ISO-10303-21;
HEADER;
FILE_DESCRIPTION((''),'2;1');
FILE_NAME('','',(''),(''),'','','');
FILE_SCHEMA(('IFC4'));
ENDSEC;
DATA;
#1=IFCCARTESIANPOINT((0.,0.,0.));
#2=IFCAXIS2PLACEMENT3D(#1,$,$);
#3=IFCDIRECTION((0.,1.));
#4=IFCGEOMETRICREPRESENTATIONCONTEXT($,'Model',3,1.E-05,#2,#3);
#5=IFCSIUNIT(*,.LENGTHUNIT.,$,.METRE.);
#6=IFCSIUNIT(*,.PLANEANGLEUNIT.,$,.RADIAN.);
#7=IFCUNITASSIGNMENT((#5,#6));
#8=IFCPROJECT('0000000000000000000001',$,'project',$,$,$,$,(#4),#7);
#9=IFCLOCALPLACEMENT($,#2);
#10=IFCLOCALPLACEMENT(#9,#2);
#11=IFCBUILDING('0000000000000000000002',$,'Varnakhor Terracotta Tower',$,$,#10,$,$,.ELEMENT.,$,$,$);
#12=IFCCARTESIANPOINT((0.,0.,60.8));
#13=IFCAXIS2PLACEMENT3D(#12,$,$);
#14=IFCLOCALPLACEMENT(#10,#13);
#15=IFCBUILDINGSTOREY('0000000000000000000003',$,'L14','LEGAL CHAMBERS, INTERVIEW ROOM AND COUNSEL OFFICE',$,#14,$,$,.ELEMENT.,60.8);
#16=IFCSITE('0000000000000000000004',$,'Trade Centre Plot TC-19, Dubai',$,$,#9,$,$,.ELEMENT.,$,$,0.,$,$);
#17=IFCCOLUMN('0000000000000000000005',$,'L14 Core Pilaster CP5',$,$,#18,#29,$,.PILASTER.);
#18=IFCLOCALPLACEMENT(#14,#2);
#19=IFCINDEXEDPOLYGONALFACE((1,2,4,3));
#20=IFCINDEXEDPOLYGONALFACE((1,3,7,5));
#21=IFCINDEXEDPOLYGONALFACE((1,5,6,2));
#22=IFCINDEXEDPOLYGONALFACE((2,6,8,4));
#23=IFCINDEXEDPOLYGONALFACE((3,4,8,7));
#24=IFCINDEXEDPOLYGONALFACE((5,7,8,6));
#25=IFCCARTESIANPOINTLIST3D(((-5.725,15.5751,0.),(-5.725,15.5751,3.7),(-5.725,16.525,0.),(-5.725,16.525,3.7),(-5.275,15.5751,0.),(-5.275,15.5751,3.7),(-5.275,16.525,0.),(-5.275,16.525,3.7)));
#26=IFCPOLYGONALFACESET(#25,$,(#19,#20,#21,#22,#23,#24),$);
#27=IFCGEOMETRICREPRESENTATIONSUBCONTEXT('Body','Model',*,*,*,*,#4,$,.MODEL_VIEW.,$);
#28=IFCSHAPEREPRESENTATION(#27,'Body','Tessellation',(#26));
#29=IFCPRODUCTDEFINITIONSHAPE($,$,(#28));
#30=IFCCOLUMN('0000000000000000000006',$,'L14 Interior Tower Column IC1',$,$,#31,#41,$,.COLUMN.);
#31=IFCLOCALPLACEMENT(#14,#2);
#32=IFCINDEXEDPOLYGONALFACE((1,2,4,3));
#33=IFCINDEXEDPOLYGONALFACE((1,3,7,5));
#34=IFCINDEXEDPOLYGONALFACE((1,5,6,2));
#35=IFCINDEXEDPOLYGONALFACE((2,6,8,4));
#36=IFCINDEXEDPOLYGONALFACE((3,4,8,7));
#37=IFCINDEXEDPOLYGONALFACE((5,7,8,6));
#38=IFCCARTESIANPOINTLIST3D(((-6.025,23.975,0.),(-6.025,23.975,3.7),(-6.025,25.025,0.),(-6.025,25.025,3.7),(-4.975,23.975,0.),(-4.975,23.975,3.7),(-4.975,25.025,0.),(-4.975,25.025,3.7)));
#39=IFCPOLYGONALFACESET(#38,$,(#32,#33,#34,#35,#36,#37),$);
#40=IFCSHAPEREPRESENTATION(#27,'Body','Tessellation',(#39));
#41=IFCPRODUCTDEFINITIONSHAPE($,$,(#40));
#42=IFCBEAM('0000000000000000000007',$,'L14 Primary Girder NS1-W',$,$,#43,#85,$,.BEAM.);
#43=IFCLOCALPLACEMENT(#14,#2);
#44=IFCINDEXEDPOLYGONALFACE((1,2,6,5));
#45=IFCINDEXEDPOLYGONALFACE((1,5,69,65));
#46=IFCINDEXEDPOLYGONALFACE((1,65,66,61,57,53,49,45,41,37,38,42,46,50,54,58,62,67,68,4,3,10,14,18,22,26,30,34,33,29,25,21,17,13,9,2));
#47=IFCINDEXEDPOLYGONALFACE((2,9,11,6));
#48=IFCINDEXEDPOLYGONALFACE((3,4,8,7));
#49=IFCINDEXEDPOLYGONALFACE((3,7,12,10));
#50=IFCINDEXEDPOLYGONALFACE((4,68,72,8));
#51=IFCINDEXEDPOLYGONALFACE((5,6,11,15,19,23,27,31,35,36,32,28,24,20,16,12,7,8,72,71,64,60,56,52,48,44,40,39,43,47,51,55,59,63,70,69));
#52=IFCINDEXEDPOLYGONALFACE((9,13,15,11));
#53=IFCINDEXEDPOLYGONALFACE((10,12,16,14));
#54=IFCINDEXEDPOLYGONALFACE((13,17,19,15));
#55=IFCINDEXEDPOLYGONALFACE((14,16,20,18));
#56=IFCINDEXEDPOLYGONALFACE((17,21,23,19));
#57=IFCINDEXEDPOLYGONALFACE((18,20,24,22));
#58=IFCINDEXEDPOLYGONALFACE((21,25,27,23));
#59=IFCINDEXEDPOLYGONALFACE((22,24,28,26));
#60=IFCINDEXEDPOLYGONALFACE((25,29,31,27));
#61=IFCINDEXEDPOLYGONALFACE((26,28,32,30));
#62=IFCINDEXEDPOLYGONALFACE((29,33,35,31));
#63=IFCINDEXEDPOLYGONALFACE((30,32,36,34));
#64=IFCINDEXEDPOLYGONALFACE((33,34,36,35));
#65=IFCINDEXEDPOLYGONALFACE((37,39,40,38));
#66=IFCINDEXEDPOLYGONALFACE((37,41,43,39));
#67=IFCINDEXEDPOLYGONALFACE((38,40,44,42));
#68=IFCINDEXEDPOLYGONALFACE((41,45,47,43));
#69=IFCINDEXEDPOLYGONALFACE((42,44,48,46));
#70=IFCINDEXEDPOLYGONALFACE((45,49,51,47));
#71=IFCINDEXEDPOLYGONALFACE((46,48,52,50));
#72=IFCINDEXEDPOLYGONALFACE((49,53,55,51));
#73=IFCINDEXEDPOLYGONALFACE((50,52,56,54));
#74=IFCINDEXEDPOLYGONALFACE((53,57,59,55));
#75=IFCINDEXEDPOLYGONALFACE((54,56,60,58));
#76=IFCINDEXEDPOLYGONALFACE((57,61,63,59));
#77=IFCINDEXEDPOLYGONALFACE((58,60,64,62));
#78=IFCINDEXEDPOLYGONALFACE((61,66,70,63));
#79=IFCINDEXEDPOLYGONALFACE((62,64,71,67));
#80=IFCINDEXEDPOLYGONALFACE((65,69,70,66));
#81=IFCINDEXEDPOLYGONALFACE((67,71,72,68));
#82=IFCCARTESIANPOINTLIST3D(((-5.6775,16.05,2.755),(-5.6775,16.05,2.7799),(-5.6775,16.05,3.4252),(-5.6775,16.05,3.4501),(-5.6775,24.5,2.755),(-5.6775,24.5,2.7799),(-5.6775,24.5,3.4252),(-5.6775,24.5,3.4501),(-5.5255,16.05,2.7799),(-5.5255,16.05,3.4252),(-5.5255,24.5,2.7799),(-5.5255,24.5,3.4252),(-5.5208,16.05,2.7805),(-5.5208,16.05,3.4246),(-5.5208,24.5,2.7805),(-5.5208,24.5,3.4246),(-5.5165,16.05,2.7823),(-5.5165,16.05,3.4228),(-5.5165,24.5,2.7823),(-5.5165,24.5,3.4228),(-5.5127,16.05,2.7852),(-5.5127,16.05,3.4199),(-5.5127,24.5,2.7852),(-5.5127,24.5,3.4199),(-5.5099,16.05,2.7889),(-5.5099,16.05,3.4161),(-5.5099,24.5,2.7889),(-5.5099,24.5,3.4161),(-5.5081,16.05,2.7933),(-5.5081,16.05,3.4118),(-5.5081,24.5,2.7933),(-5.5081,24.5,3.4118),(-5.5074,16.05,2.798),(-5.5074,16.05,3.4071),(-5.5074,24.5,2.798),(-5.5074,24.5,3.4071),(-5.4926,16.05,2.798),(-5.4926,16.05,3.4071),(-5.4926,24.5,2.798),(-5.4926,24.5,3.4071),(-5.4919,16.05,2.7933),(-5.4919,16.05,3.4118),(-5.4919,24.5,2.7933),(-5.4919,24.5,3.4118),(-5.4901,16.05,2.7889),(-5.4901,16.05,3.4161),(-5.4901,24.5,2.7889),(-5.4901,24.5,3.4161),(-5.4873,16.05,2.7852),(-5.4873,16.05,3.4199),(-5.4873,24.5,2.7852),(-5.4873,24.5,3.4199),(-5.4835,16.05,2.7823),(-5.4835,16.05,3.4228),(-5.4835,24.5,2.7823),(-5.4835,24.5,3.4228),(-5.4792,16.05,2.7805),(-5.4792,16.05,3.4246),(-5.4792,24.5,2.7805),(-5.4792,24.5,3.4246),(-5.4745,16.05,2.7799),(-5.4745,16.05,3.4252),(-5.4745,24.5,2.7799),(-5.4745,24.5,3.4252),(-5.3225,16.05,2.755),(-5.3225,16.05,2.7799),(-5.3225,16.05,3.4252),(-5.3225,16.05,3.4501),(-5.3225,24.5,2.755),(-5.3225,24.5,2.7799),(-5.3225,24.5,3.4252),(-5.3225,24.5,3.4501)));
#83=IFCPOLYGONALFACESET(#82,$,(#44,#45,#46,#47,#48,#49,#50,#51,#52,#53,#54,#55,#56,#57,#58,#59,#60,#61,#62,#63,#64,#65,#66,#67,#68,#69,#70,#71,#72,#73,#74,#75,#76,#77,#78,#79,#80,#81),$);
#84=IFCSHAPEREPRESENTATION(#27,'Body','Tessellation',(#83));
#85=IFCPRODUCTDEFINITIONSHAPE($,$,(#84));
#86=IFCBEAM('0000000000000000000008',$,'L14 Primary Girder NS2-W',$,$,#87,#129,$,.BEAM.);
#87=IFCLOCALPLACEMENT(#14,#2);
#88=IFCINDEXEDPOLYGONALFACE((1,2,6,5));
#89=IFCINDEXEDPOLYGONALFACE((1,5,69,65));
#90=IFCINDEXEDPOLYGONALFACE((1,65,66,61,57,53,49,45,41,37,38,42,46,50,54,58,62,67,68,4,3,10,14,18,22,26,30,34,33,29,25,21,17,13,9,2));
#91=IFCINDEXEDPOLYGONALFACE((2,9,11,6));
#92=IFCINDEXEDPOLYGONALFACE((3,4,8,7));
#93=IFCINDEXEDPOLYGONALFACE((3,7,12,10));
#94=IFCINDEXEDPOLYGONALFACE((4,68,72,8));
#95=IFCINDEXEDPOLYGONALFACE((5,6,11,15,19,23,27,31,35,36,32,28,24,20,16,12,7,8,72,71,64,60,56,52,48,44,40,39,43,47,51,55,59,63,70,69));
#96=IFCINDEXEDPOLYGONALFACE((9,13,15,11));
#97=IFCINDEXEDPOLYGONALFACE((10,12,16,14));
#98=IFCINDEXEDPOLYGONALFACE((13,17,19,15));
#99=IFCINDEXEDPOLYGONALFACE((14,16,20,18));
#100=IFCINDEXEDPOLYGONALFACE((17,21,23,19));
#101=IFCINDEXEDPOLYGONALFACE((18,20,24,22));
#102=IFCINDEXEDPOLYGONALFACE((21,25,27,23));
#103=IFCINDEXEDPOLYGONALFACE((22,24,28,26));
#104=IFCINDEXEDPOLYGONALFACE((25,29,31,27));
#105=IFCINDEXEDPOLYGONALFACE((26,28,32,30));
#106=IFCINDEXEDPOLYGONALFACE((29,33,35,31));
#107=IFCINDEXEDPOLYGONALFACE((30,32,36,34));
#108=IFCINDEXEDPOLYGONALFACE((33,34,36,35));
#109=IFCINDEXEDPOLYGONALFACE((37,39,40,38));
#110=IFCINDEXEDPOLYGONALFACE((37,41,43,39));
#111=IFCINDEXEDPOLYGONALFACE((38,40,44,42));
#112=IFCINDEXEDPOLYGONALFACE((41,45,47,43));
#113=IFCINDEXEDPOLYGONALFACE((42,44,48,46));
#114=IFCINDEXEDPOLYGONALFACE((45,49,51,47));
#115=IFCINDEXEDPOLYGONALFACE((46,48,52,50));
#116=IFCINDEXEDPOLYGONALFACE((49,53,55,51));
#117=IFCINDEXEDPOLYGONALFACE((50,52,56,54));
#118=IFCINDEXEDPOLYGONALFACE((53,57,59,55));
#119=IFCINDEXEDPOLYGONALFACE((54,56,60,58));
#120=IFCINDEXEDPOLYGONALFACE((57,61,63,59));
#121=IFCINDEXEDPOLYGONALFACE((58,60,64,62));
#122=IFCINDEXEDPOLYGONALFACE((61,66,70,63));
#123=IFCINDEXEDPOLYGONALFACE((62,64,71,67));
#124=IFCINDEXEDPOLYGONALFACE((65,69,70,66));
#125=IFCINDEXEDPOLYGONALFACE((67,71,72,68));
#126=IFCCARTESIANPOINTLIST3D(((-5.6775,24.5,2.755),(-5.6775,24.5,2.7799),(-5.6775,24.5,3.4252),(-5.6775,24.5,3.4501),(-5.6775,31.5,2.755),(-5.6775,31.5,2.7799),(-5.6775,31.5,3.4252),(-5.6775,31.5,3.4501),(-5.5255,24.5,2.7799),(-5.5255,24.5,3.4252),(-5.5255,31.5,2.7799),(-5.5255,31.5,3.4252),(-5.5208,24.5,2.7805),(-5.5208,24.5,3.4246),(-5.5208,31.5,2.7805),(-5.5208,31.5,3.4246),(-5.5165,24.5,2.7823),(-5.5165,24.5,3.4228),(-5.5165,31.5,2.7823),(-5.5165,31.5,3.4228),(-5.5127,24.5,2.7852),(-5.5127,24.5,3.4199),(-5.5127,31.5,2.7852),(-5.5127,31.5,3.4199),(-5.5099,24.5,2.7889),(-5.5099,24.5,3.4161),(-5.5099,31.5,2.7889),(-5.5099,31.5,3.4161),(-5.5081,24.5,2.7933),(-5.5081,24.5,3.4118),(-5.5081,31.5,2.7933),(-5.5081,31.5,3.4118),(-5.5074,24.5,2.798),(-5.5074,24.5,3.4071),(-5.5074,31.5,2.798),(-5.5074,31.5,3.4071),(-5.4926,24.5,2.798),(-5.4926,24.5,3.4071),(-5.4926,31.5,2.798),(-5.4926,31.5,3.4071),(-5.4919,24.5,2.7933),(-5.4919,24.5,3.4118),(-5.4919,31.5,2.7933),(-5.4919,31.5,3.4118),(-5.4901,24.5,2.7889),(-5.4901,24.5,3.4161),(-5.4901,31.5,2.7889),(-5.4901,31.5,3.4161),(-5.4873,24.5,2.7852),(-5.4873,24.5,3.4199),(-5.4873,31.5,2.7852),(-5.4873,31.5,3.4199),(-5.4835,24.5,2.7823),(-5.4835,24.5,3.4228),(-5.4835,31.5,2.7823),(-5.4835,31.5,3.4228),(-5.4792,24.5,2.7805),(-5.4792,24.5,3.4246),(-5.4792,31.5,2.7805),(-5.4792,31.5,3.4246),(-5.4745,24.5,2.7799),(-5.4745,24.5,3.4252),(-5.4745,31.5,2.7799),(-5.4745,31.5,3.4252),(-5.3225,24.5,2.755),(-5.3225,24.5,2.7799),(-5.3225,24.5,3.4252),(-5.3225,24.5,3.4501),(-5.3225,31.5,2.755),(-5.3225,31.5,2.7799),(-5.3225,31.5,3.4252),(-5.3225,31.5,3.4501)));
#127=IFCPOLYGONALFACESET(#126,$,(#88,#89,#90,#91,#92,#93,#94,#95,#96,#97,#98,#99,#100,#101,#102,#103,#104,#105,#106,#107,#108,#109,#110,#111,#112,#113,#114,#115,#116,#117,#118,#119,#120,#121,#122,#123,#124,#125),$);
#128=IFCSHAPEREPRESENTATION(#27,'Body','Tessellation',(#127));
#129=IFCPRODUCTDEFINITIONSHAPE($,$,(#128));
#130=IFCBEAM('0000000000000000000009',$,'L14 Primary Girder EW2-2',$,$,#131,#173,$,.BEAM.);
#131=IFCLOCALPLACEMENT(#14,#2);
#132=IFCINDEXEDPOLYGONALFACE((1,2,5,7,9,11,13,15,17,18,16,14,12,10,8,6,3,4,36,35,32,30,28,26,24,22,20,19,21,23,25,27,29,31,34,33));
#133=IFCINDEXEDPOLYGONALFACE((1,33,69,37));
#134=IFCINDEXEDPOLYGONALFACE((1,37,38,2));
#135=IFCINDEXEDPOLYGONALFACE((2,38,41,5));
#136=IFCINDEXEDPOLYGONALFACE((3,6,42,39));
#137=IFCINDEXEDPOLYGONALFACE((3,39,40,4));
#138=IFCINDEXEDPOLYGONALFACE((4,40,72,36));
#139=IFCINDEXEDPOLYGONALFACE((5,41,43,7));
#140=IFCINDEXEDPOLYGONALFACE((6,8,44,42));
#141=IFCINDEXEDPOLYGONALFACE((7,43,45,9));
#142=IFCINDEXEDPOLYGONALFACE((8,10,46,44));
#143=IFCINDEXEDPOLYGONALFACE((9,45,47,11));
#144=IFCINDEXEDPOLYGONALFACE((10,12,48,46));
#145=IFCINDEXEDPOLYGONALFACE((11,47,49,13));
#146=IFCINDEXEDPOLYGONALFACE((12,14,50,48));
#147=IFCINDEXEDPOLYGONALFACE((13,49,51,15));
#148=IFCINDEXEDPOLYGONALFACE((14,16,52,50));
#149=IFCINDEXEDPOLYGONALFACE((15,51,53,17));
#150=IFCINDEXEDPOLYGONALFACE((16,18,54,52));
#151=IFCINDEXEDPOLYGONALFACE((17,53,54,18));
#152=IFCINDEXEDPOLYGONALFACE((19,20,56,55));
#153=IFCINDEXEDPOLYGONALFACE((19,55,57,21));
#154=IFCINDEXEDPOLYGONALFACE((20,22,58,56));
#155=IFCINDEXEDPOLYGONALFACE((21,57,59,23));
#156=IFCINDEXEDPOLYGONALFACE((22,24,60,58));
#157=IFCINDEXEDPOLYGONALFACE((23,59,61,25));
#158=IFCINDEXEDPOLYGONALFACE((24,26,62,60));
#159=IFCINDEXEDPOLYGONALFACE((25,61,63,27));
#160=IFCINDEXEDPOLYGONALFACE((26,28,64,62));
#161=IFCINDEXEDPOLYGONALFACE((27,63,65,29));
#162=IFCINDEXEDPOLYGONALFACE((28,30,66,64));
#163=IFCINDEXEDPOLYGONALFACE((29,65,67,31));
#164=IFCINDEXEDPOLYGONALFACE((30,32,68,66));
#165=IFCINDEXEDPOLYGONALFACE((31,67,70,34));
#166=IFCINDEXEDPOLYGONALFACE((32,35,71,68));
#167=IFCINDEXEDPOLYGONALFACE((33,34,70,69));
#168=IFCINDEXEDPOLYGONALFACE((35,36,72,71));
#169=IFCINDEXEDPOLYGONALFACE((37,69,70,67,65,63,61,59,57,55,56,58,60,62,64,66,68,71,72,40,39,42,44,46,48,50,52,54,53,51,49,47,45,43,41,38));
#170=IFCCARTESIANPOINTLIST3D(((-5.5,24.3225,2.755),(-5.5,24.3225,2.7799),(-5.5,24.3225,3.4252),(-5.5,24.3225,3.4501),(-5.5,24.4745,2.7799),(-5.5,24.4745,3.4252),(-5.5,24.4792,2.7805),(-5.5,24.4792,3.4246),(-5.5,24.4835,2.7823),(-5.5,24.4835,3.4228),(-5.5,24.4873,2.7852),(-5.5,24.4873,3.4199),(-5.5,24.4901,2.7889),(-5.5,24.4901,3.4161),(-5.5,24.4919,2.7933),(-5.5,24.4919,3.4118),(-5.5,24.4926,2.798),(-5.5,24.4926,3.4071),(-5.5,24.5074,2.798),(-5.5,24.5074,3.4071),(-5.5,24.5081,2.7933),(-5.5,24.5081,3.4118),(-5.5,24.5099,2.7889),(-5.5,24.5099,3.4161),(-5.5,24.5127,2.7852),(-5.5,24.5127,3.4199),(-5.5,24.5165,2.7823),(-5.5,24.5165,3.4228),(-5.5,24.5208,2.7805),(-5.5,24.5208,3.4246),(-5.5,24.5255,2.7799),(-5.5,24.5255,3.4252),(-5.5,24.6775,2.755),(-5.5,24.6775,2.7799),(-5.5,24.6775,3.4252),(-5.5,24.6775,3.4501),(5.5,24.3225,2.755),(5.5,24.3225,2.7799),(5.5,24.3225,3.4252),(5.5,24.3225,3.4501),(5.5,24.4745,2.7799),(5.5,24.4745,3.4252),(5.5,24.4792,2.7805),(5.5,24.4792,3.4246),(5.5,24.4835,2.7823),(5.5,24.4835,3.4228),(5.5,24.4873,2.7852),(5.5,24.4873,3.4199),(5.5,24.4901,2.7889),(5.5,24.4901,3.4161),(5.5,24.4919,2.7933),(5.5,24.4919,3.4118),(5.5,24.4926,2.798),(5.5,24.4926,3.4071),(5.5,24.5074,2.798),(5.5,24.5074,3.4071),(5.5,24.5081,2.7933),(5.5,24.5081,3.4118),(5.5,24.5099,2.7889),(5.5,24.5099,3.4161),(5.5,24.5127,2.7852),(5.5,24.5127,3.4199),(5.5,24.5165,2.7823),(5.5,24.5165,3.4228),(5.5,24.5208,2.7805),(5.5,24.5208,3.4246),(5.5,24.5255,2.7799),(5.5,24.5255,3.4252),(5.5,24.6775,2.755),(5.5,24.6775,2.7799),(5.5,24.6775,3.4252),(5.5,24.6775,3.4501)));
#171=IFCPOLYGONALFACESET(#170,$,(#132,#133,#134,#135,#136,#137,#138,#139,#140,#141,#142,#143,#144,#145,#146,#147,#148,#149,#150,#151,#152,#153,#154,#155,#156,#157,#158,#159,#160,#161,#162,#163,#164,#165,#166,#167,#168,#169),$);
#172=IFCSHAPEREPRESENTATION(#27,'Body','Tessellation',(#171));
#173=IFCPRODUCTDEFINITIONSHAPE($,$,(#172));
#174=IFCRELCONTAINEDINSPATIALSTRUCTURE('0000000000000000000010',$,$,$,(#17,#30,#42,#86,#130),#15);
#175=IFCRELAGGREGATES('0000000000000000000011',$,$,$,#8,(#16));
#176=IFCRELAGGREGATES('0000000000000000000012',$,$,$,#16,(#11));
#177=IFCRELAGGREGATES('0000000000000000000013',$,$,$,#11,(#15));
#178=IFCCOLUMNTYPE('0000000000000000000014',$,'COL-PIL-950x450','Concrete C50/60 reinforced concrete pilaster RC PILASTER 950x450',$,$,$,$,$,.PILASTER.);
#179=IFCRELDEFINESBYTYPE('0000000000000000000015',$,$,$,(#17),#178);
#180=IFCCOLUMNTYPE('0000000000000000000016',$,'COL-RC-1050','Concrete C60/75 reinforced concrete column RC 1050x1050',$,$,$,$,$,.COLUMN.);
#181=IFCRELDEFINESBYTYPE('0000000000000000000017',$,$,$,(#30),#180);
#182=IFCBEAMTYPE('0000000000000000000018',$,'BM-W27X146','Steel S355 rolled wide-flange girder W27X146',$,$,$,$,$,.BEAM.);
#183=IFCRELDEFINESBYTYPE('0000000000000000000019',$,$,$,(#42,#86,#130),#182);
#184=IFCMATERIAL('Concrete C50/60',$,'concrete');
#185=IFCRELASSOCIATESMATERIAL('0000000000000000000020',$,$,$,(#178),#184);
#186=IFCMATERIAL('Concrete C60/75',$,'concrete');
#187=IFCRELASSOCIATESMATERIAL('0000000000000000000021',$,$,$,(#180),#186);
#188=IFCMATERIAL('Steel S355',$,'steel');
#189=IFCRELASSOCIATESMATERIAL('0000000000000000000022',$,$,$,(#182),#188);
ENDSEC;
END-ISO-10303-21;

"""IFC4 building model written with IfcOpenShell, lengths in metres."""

from ifc_helpers import new_model, si_unit, direction, frame, origin, origin_2d, place, context, subcontext, project, spatial, rectangle, i_section, extrude, source, transform, mapped, material, material_profile, profile_set, type_object, type_shapes, element, save


model = new_model("IFC4")

# Units and contexts
model_context = context("Model", 3, precision=1e-05, world=origin(), true_north=direction((0.0, 1.0)))
body_context = subcontext(model_context, "Body", "Model", "MODEL_VIEW")
ifc_project = project(units=[si_unit("LENGTHUNIT", "METRE"), si_unit("PLANEANGLEUNIT", "RADIAN")], contexts=[model_context])

# Site, building, storey
site_placement = place(None, origin())
site = spatial("IfcSite", under=ifc_project, at=site_placement, Name="Trade Centre Plot TC-19, Dubai", CompositionType="ELEMENT", RefElevation=0.0)
building_placement = place(site_placement, origin())
building = spatial("IfcBuilding", under=site, at=building_placement, Name="Varnakhor Terracotta Tower", CompositionType="ELEMENT")
storey_placement = place(building_placement, frame((0.0, 0.0, 60.8)))
storey = spatial("IfcBuildingStorey", under=building, at=storey_placement, Name="L14", Description="LEGAL CHAMBERS, INTERVIEW ROOM AND COUNSEL OFFICE", CompositionType="ELEMENT", Elevation=60.8)

# Columns
ifc_material_1 = material(Name="Concrete C50/60", Category="concrete")
ifc_material_profile_1 = material_profile(ifc_material_1, rectangle(XDim=0.45, YDim=0.95, at=origin_2d()), Name="RC PILASTER 950x450")
ifc_profile_set_1 = profile_set([ifc_material_profile_1], Name="Concrete C50/60")
column_type_1 = type_object("IfcColumnType", Name="COL-PIL-950x450", Description="Concrete C50/60 reinforced concrete pilaster RC PILASTER 950x450", PredefinedType="PILASTER", material=ifc_profile_set_1)
shared_shape_1 = source(origin(), body_context, "Body", "SweptSolid", [
    extrude(rectangle(XDim=0.45, YDim=0.95, at=origin_2d()), origin(), (0.0, 0.0, 1.0), 3.7),
])
column_1_placement = place(storey_placement, frame((-5.5, 16.05, 0.0), z_axis=(0.0, 0.0, 1.0), x_axis=(1.0, 0.0, 0.0)))
element("IfcColumn", 1, at=column_1_placement, inside=storey, type_object=column_type_1, Name="L14 Core Pilaster CP5", PredefinedType="PILASTER", context=body_context, shape_type="MappedRepresentation", body=[
    mapped(shared_shape_1, transform((0.0, 0.0, 0.0), scale=1.0)),
])
ifc_material_2 = material(Name="Concrete C60/75", Category="concrete")
ifc_material_profile_2 = material_profile(ifc_material_2, rectangle(XDim=1.05, YDim=1.05, at=origin_2d()), Name="RC 1050x1050")
ifc_profile_set_2 = profile_set([ifc_material_profile_2], Name="Concrete C60/75")
column_type_2 = type_object("IfcColumnType", Name="COL-RC-1050", Description="Concrete C60/75 reinforced concrete column RC 1050x1050", PredefinedType="COLUMN", material=ifc_profile_set_2)
shared_shape_2 = source(origin(), body_context, "Body", "SweptSolid", [
    extrude(rectangle(XDim=1.05, YDim=1.05, at=origin_2d()), origin(), (0.0, 0.0, 1.0), 3.7),
])
column_2_placement = place(storey_placement, frame((-5.5, 24.5, 0.0), z_axis=(0.0, 0.0, 1.0), x_axis=(1.0, 0.0, 0.0)))
element("IfcColumn", 2, at=column_2_placement, inside=storey, type_object=column_type_2, Name="L14 Interior Tower Column IC1", PredefinedType="COLUMN", context=body_context, shape_type="MappedRepresentation", body=[
    mapped(shared_shape_2, transform((0.0, 0.0, 0.0), scale=1.0)),
])

# Beams
ifc_material_3 = material(Name="Steel S355", Category="steel")
ifc_material_profile_3 = material_profile(ifc_material_3, i_section(OverallWidth=0.355, OverallDepth=0.6951, WebThickness=0.0149, FlangeThickness=0.0249, FilletRadius=0.0181, at=origin_2d()), Name="W27X146")
ifc_profile_set_3 = profile_set([ifc_material_profile_3], Name="Steel S355")
beam_type_1 = type_object("IfcBeamType", Name="BM-W27X146", Description="Steel S355 rolled wide-flange girder W27X146", PredefinedType="BEAM", material=ifc_profile_set_3)
shared_shape_3 = source(origin(), body_context, "Body", "SweptSolid", [
    extrude(i_section(OverallWidth=0.355, OverallDepth=0.6951, WebThickness=0.0149, FlangeThickness=0.0249, FilletRadius=0.0181, at=origin_2d()), origin(), (0.0, 0.0, 1.0), 8.45),
])
type_shapes(beam_type_1, [shared_shape_3])
beam_1_placement = place(storey_placement, frame((-5.5, 16.05, 3.1025), z_axis=(0.0, 1.0, 0.0), x_axis=(-1.0, 0.0, 0.0)))
element("IfcBeam", 3, at=beam_1_placement, inside=storey, type_object=beam_type_1, Name="L14 Primary Girder NS1-W", PredefinedType="BEAM", context=body_context, shape_type="MappedRepresentation", body=[
    mapped(shared_shape_3, transform((0.0, 0.0, 0.0), scale=1.0)),
])
shared_shape_4 = source(origin(), body_context, "Body", "SweptSolid", [
    extrude(i_section(OverallWidth=0.355, OverallDepth=0.6951, WebThickness=0.0149, FlangeThickness=0.0249, FilletRadius=0.0181, at=origin_2d()), origin(), (0.0, 0.0, 1.0), 7.0),
])
beam_2_placement = place(storey_placement, frame((-5.5, 24.5, 3.1025), z_axis=(0.0, 1.0, 0.0), x_axis=(-1.0, 0.0, 0.0)))
element("IfcBeam", 4, at=beam_2_placement, inside=storey, type_object=beam_type_1, Name="L14 Primary Girder NS2-W", PredefinedType="BEAM", context=body_context, shape_type="MappedRepresentation", body=[
    mapped(shared_shape_4, transform((0.0, 0.0, 0.0), scale=1.0)),
])
shared_shape_5 = source(origin(), body_context, "Body", "SweptSolid", [
    extrude(i_section(OverallWidth=0.355, OverallDepth=0.6951, WebThickness=0.0149, FlangeThickness=0.0249, FilletRadius=0.0181, at=origin_2d()), origin(), (0.0, 0.0, 1.0), 11.0),
])
beam_3_placement = place(storey_placement, frame((-5.5, 24.5, 3.1025), z_axis=(1.0, 0.0, 0.0), x_axis=(0.0, 1.0, 0.0)))
element("IfcBeam", 5, at=beam_3_placement, inside=storey, type_object=beam_type_1, Name="L14 Primary Girder EW2-2", PredefinedType="BEAM", context=body_context, shape_type="MappedRepresentation", body=[
    mapped(shared_shape_5, transform((0.0, 0.0, 0.0), scale=1.0)),
])

save(model, "model.ifc")
